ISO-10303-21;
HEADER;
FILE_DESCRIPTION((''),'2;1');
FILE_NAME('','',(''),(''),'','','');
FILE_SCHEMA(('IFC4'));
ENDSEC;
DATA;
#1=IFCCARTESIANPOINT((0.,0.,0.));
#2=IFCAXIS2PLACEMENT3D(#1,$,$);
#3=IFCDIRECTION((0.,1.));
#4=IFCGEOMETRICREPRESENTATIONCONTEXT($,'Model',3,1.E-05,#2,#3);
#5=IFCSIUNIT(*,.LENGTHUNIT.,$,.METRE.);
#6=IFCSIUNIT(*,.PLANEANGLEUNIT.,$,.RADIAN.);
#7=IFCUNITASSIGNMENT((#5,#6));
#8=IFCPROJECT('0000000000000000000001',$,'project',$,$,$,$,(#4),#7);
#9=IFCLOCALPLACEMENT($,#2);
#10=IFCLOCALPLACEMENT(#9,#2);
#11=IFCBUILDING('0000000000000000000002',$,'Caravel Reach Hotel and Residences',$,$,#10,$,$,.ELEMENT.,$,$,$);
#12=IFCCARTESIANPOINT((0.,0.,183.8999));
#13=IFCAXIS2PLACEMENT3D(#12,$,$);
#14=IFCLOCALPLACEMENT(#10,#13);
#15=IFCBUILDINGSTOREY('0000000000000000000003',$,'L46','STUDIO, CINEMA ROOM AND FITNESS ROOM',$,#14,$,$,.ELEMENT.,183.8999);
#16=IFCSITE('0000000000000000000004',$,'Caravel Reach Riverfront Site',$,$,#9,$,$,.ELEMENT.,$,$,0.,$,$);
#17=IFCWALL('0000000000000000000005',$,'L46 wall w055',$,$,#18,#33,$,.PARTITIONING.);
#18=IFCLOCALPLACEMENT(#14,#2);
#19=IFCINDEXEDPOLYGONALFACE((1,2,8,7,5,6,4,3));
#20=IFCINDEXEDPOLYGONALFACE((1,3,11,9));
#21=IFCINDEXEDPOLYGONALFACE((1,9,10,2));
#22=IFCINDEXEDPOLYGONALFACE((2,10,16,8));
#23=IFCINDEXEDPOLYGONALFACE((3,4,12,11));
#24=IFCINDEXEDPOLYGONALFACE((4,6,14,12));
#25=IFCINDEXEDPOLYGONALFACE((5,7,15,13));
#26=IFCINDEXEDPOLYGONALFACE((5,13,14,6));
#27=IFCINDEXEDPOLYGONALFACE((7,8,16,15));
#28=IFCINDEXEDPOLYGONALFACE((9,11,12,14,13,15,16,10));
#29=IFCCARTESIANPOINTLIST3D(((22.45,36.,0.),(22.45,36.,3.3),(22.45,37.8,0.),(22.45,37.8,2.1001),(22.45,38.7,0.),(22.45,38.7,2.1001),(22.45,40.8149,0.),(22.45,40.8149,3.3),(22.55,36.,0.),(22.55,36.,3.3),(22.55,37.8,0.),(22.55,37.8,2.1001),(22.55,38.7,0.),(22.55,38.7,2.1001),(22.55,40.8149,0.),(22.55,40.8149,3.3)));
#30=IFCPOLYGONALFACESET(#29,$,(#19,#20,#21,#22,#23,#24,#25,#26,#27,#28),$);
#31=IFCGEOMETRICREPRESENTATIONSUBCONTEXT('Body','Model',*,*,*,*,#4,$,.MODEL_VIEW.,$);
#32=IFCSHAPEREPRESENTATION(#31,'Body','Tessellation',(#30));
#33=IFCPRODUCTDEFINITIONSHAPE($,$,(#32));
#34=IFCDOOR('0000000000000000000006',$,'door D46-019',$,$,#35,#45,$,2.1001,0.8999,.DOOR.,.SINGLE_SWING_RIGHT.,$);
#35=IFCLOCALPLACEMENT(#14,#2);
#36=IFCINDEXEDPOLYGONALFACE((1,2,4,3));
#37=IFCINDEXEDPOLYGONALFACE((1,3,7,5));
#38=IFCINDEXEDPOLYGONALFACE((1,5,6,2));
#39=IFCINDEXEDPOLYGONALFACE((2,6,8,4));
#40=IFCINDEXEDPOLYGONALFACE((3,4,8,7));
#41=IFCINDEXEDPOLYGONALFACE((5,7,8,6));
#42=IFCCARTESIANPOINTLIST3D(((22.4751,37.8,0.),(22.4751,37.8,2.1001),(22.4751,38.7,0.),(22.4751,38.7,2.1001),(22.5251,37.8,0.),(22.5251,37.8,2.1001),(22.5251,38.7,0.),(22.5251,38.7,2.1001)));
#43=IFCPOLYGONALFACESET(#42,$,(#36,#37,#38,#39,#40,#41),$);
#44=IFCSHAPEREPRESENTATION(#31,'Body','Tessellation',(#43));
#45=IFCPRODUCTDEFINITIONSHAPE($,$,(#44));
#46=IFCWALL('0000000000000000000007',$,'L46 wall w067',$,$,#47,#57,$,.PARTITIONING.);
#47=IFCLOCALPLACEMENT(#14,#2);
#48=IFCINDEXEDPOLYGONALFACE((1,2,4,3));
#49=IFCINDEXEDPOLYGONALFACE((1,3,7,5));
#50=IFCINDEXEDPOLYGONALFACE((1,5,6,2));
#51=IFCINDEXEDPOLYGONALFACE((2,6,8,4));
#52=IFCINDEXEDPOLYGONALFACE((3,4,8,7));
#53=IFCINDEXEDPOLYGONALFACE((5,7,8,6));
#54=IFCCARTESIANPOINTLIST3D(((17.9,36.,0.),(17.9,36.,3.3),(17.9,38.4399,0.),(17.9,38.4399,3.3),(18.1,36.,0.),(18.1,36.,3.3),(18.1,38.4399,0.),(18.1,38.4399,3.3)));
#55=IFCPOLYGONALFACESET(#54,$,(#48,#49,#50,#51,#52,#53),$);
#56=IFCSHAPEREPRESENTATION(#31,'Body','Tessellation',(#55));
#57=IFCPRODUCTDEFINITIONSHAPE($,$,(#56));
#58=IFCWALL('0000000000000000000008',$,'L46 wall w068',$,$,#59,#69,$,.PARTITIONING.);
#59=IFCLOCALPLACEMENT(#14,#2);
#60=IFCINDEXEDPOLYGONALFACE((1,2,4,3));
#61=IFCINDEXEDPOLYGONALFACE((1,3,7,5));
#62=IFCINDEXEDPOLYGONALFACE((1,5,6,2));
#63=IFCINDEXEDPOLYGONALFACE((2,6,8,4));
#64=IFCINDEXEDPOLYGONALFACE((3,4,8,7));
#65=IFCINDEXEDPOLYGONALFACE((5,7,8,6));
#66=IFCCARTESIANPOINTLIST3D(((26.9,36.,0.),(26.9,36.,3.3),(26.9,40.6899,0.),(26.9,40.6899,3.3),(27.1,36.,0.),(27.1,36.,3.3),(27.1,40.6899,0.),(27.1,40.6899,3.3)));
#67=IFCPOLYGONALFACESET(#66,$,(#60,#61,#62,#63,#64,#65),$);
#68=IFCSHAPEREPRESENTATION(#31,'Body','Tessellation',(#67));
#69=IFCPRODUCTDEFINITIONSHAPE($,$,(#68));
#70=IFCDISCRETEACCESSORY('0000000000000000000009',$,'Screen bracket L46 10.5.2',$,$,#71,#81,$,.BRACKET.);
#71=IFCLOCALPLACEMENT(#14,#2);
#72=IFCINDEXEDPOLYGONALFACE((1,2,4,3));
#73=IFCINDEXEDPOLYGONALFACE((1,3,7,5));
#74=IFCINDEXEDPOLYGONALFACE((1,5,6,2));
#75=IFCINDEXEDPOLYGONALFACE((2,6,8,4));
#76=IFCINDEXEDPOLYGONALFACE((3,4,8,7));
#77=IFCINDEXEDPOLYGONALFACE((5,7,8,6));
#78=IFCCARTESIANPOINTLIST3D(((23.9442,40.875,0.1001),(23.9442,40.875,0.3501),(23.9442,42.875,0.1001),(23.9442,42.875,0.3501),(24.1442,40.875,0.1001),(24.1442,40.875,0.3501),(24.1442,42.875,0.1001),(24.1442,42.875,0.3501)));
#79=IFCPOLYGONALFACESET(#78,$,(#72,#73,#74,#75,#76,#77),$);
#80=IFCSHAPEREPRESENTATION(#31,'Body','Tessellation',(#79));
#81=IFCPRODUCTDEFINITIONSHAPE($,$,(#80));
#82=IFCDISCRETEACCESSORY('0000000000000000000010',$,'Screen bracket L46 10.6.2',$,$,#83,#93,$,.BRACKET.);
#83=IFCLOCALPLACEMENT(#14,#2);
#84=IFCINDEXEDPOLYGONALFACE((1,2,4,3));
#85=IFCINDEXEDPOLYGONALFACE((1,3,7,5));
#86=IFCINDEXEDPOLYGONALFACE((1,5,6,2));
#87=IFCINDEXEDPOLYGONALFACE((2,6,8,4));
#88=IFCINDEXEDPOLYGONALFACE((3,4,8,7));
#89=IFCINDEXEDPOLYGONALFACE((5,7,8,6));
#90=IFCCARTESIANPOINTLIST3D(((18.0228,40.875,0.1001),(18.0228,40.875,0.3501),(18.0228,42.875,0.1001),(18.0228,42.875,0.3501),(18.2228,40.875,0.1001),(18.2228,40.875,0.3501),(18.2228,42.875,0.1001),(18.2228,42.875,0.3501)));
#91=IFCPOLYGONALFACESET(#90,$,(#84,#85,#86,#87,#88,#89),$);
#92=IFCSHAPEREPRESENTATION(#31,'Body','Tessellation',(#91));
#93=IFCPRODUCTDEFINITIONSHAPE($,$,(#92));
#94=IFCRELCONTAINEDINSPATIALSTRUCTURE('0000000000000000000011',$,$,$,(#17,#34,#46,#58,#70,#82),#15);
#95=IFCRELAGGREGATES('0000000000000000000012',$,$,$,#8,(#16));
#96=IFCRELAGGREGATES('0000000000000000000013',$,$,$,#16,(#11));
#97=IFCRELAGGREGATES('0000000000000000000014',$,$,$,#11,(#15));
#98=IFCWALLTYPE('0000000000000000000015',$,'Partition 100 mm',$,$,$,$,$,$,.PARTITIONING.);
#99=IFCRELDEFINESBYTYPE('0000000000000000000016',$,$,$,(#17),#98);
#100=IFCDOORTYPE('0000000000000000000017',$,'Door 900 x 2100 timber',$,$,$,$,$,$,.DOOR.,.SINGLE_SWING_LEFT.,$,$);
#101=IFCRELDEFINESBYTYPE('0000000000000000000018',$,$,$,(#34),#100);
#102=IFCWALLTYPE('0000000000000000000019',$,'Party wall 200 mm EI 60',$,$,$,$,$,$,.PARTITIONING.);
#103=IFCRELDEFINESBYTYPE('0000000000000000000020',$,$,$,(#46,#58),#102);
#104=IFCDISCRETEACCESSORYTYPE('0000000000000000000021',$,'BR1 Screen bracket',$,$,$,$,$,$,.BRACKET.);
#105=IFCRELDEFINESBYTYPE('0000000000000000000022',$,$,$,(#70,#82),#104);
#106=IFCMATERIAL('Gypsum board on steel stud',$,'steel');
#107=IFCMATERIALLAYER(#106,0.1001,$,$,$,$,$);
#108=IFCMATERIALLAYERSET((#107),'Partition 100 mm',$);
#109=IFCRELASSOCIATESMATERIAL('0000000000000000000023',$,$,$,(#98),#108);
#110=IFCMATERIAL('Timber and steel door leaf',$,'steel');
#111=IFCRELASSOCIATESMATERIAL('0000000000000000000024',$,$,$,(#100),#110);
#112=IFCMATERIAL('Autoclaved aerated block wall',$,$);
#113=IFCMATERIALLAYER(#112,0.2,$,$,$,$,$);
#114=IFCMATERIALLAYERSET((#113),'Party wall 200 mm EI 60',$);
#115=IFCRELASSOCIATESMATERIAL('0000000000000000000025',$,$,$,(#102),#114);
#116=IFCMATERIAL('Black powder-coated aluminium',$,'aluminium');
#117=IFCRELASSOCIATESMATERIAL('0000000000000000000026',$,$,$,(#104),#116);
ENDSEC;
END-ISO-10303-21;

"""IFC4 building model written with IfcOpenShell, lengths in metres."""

from ifc_helpers import new_model, si_unit, direction, frame, frame_2d, origin, origin_2d, place, context, subcontext, project, spatial, rectangle, extrude, material, layer, layer_set, type_object, element, fill, save


model = new_model("IFC4")

# Units and contexts
model_context = context("Model", 3, precision=1e-05, world=origin(), true_north=direction((0.0, 1.0)))
body_context = subcontext(model_context, "Body", "Model", "MODEL_VIEW")
ifc_project = project(units=[si_unit("LENGTHUNIT", "METRE"), si_unit("PLANEANGLEUNIT", "RADIAN")], contexts=[model_context])

# Site, building, storey
site_placement = place(None, origin())
site = spatial("IfcSite", under=ifc_project, at=site_placement, Name="Caravel Reach Riverfront Site", CompositionType="ELEMENT", RefElevation=0.0)
building_placement = place(site_placement, origin())
building = spatial("IfcBuilding", under=site, at=building_placement, Name="Caravel Reach Hotel and Residences", CompositionType="ELEMENT")
storey_placement = place(building_placement, frame((0.0, 0.0, 183.8999)))
storey = spatial("IfcBuildingStorey", under=building, at=storey_placement, Name="L46", Description="STUDIO, CINEMA ROOM AND FITNESS ROOM", CompositionType="ELEMENT", Elevation=183.8999)

# Shared definitions
ifc_material_1 = material(Name="Gypsum board on steel stud", Category="steel")
ifc_layer_1 = layer(ifc_material_1, 0.1001)
ifc_layer_set_1 = layer_set([ifc_layer_1], Name="Partition 100 mm")
wall_type_1 = type_object("IfcWallType", Name="Partition 100 mm", PredefinedType="PARTITIONING", material=ifc_layer_set_1)

# Wall, opening, door
ifc_material_2 = material(Name="Timber and steel door leaf", Category="steel")
door_type = type_object("IfcDoorType", Name="Door 900 x 2100 timber", OperationType="SINGLE_SWING_LEFT", PredefinedType="DOOR", material=ifc_material_2)
wall_1_placement = place(storey_placement, frame((22.5, 36.0, 0.0), z_axis=(0.0, 0.0, 1.0), x_axis=(0.0, 1.0, 0.0)))
wall_1 = element("IfcWall", 1, at=wall_1_placement, inside=storey, type_object=wall_type_1, Name="L46 wall w055", PredefinedType="PARTITIONING", context=body_context, shape_type="SweptSolid", body=[
    extrude(rectangle(XDim=4.8149, YDim=0.1001, at=frame_2d((2.4075, 0.0))), origin(), (0.0, 0.0, 1.0), 3.3),
])
opening_1_placement = place(wall_1_placement, frame((1.8, 0.0, 0.0)))
opening_1 = element("IfcOpeningElement", 2, at=opening_1_placement, cuts=wall_1, PredefinedType="OPENING", context=body_context, shape_type="SweptSolid", body=[
    extrude(rectangle(XDim=0.8999, YDim=2.1001, at=frame_2d((0.45, 1.05))), frame((0.0, 0.0601, 0.0), z_axis=(0.0, -1.0, 0.0), x_axis=(1.0, 0.0, 0.0)), (0.0, 0.0, 1.0), 0.1201),
])
door_1_placement = place(opening_1_placement, origin())
door_1 = element("IfcDoor", 3, at=door_1_placement, inside=storey, type_object=door_type, Name="door D46-019", OperationType="SINGLE_SWING_RIGHT", OverallHeight=2.1001, OverallWidth=0.8999, PredefinedType="DOOR", context=body_context, shape_type="SweptSolid", body=[
    extrude(rectangle(XDim=0.8999, YDim=2.1001, at=frame_2d((0.45, 1.05))), frame((0.0, 0.0249, 0.0), z_axis=(0.0, -1.0, 0.0), x_axis=(1.0, 0.0, 0.0)), (0.0, 0.0, 1.0), 0.05),
])
fill(opening_1, door_1)

# Walls
ifc_material_3 = material(Name="Autoclaved aerated block wall")
ifc_layer_2 = layer(ifc_material_3, 0.2)
ifc_layer_set_2 = layer_set([ifc_layer_2], Name="Party wall 200 mm EI 60")
wall_type_2 = type_object("IfcWallType", Name="Party wall 200 mm EI 60", PredefinedType="PARTITIONING", material=ifc_layer_set_2)
wall_2_placement = place(storey_placement, frame((18.0, 36.0, 0.0), z_axis=(0.0, 0.0, 1.0), x_axis=(0.0, 1.0, 0.0)))
element("IfcWall", 4, at=wall_2_placement, inside=storey, type_object=wall_type_2, Name="L46 wall w067", PredefinedType="PARTITIONING", context=body_context, shape_type="SweptSolid", body=[
    extrude(rectangle(XDim=2.4399, YDim=0.2, at=frame_2d((1.22, 0.0))), origin(), (0.0, 0.0, 1.0), 3.3),
])
wall_3_placement = place(storey_placement, frame((27.0, 36.0, 0.0), z_axis=(0.0, 0.0, 1.0), x_axis=(0.0, 1.0, 0.0)))
element("IfcWall", 5, at=wall_3_placement, inside=storey, type_object=wall_type_2, Name="L46 wall w068", PredefinedType="PARTITIONING", context=body_context, shape_type="SweptSolid", body=[
    extrude(rectangle(XDim=4.6899, YDim=0.2, at=frame_2d((2.345, 0.0))), origin(), (0.0, 0.0, 1.0), 3.3),
])

# Discrete accessories
ifc_material_4 = material(Name="Black powder-coated aluminium", Category="aluminium")
discrete_accessory_type = type_object("IfcDiscreteAccessoryType", Name="BR1 Screen bracket", PredefinedType="BRACKET", material=ifc_material_4)
for number, where, z_axis, x_axis, name in (
    (6, (24.0442, 41.875, 0.1001), (0.0, 0.0, 1.0), (0.0, 1.0, 0.0), "Screen bracket L46 10.5.2"),
    (7, (18.1228, 41.875, 0.1001), (0.0, 0.0, 1.0), (0.0, 1.0, 0.0), "Screen bracket L46 10.6.2"),
):
    element("IfcDiscreteAccessory", number, at=place(storey_placement, frame(where, z_axis=z_axis, x_axis=x_axis)), inside=storey, type_object=discrete_accessory_type, Name=name, PredefinedType="BRACKET", context=body_context, shape_type="SweptSolid", body=[
        extrude(rectangle(XDim=2.0, YDim=0.2, at=origin_2d()), origin(), (0.0, 0.0, 1.0), 0.25),
    ])

save(model, "model.ifc")
